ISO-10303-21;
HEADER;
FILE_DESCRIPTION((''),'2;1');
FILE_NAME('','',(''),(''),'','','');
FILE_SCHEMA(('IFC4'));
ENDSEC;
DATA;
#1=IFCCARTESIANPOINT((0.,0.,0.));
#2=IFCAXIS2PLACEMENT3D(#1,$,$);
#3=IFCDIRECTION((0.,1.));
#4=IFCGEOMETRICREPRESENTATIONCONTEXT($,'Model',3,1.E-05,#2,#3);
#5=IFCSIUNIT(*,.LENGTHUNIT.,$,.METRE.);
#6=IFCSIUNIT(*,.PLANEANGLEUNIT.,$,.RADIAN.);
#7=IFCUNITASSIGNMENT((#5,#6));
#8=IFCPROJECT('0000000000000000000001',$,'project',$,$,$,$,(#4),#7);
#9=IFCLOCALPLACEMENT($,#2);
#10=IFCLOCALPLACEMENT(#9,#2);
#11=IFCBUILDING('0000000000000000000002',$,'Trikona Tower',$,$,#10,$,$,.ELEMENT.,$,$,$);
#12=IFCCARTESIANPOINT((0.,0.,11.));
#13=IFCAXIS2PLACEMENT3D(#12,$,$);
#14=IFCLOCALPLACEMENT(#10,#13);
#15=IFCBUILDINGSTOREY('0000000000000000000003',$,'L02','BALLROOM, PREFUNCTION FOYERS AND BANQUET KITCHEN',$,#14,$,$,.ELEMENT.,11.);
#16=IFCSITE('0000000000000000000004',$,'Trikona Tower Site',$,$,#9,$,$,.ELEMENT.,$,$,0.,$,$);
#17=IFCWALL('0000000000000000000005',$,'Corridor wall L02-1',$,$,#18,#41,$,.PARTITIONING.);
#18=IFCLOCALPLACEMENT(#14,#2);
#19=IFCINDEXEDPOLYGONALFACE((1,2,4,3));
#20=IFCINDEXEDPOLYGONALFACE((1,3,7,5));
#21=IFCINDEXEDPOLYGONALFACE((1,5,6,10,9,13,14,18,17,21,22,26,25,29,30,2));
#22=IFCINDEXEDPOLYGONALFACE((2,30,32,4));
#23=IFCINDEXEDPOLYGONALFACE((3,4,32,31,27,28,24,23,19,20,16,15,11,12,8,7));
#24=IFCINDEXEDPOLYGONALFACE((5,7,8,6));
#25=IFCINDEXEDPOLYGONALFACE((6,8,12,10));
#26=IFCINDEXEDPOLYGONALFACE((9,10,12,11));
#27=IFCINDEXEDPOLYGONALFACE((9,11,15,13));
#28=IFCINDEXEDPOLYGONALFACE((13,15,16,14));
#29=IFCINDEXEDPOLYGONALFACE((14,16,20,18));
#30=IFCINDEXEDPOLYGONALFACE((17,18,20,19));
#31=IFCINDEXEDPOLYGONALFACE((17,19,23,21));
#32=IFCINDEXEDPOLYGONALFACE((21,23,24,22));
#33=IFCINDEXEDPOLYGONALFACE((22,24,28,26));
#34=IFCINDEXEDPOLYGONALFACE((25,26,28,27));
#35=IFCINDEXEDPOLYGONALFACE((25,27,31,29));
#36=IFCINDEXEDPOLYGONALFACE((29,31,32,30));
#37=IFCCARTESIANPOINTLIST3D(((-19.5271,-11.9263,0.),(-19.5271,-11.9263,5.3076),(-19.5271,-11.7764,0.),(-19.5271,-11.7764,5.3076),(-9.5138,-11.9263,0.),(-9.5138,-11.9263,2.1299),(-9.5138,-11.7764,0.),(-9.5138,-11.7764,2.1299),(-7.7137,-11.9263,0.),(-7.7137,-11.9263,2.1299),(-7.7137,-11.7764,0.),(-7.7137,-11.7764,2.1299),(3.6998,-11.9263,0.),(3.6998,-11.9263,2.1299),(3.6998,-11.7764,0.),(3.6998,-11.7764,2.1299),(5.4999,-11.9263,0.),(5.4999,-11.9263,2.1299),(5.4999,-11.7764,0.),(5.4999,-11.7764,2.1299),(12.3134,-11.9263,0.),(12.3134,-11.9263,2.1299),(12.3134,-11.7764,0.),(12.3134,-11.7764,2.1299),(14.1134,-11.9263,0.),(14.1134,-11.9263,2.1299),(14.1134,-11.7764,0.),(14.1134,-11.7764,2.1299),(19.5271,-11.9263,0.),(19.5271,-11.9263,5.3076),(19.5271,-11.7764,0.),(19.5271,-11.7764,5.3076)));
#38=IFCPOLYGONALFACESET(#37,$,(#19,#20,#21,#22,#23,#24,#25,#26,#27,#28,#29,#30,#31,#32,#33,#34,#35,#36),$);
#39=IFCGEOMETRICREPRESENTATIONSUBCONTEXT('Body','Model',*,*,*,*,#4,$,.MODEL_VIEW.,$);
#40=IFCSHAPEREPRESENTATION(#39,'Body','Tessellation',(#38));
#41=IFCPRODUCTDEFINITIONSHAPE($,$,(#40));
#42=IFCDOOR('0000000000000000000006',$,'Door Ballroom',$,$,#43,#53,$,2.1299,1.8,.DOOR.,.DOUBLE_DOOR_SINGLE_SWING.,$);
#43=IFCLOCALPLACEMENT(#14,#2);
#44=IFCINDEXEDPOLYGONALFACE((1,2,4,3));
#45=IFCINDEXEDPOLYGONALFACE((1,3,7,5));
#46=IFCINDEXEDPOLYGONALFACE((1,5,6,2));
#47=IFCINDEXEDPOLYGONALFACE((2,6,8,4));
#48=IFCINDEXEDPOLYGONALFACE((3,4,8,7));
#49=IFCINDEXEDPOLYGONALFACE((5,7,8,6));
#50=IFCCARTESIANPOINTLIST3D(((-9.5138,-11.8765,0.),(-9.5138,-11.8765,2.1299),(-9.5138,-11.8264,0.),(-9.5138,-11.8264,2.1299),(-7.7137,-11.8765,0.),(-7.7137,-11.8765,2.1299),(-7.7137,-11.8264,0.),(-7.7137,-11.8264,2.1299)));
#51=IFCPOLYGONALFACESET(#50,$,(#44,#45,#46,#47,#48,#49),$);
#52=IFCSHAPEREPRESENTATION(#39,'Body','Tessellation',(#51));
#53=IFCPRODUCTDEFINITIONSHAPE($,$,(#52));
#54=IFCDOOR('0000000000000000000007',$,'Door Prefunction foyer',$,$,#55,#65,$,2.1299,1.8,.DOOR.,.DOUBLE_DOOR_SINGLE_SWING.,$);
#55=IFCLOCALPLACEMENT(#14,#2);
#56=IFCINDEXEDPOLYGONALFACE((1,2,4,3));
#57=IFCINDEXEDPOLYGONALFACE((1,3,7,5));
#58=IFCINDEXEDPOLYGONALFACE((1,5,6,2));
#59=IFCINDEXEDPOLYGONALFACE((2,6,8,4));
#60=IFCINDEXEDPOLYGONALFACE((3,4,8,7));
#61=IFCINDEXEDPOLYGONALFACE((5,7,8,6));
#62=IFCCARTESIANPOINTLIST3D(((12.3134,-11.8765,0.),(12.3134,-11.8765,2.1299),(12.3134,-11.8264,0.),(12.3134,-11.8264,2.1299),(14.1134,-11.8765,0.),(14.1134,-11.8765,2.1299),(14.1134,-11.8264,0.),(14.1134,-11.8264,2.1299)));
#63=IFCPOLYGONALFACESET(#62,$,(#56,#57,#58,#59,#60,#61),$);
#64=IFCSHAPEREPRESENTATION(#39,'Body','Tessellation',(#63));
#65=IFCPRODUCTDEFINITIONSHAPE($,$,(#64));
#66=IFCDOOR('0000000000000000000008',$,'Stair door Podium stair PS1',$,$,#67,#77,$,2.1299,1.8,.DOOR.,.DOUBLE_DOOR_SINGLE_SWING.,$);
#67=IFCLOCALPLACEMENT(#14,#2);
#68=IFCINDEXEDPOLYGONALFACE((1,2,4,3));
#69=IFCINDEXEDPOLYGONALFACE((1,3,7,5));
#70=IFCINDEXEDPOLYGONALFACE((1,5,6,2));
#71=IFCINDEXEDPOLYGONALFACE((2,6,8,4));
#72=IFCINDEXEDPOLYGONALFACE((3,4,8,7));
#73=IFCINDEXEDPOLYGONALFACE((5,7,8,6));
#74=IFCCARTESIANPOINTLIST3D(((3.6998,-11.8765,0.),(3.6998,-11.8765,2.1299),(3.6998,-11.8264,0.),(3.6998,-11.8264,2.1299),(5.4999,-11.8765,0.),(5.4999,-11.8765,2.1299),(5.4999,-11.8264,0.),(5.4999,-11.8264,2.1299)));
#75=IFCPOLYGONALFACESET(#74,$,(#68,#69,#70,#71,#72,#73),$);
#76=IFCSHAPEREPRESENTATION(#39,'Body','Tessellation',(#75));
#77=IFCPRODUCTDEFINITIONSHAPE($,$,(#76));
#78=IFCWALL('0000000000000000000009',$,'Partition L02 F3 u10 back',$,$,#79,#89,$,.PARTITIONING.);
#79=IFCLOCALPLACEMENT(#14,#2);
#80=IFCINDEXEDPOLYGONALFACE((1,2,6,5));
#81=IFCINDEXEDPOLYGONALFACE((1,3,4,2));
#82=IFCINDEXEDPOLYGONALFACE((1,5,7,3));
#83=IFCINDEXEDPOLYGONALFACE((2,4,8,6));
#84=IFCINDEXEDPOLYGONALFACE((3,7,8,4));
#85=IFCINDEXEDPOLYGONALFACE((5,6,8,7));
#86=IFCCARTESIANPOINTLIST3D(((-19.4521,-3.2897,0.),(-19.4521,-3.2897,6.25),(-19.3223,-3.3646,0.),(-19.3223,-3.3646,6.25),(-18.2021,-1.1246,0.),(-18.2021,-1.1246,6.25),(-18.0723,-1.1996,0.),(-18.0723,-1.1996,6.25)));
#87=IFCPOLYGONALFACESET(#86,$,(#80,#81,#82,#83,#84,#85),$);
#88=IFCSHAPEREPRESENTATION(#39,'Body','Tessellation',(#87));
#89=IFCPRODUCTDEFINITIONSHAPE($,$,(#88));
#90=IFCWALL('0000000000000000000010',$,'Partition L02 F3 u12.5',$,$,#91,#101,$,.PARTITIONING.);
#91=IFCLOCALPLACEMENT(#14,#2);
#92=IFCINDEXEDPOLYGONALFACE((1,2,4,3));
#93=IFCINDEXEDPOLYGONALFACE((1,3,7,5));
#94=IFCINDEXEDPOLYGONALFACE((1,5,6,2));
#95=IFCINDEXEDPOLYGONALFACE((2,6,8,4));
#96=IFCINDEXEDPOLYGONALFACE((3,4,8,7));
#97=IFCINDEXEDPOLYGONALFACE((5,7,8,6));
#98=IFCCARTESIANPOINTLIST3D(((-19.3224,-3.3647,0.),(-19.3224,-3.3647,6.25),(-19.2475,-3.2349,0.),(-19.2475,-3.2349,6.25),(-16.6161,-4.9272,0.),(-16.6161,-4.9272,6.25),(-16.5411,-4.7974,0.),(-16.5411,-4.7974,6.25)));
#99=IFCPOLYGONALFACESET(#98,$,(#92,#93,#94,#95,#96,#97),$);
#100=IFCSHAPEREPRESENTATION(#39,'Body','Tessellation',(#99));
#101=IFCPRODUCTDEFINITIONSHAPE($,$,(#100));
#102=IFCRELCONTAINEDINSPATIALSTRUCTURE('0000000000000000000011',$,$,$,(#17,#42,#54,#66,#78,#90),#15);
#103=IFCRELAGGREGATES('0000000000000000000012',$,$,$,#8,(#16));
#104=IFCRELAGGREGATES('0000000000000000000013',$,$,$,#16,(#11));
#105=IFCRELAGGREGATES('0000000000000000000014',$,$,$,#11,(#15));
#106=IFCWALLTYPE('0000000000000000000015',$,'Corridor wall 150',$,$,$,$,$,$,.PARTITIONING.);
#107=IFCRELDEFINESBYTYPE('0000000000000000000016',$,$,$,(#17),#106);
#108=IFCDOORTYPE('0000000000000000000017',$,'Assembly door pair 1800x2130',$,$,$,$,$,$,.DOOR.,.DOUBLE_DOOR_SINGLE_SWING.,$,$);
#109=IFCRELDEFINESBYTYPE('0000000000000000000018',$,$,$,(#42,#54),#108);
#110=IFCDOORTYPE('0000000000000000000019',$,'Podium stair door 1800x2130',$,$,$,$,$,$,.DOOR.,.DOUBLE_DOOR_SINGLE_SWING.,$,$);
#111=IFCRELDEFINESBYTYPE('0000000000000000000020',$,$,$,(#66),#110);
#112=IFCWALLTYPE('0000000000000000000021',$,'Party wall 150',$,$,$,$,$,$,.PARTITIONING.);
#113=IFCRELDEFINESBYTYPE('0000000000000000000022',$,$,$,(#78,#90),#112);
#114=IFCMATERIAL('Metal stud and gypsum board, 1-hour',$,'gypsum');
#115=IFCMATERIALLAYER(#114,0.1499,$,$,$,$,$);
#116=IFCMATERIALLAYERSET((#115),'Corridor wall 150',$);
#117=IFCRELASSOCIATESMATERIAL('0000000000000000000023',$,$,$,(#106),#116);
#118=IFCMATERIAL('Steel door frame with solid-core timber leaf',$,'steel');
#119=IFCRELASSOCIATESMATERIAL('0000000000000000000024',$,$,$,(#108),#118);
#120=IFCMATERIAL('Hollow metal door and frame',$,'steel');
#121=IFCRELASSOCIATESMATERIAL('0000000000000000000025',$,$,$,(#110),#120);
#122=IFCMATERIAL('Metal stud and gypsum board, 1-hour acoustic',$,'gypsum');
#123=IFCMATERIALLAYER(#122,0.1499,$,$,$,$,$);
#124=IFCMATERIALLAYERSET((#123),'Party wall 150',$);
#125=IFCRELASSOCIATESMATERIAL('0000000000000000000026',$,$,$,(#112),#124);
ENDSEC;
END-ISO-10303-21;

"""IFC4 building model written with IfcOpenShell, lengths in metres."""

from ifc_helpers import new_model, si_unit, direction, frame, frame_2d, origin, place, context, subcontext, project, spatial, rectangle, extrude, material, layer, layer_set, type_object, element, fill, save


model = new_model("IFC4")

# Units and contexts
model_context = context("Model", 3, precision=1e-05, world=origin(), true_north=direction((0.0, 1.0)))
body_context = subcontext(model_context, "Body", "Model", "MODEL_VIEW")
ifc_project = project(units=[si_unit("LENGTHUNIT", "METRE"), si_unit("PLANEANGLEUNIT", "RADIAN")], contexts=[model_context])

# Site, building, storey
site_placement = place(None, origin())
site = spatial("IfcSite", under=ifc_project, at=site_placement, Name="Trikona Tower Site", CompositionType="ELEMENT", RefElevation=0.0)
building_placement = place(site_placement, origin())
building = spatial("IfcBuilding", under=site, at=building_placement, Name="Trikona Tower", CompositionType="ELEMENT")
storey_placement = place(building_placement, frame((0.0, 0.0, 11.0)))
storey = spatial("IfcBuildingStorey", under=building, at=storey_placement, Name="L02", Description="BALLROOM, PREFUNCTION FOYERS AND BANQUET KITCHEN", CompositionType="ELEMENT", Elevation=11.0)

# Wall, openings, doors
ifc_material_1 = material(Name="Metal stud and gypsum board, 1-hour", Category="gypsum")
ifc_layer_1 = layer(ifc_material_1, 0.1499)
ifc_layer_set_1 = layer_set([ifc_layer_1], Name="Corridor wall 150")
wall_type_1 = type_object("IfcWallType", Name="Corridor wall 150", PredefinedType="PARTITIONING", material=ifc_layer_set_1)
wall_1_placement = place(storey_placement, frame((-19.5271, -11.8513, 0.0), z_axis=(0.0, 0.0, 1.0), x_axis=(1.0, 0.0, 0.0)))
wall_1 = element("IfcWall", 1, at=wall_1_placement, inside=storey, type_object=wall_type_1, Name="Corridor wall L02-1", PredefinedType="PARTITIONING", context=body_context, shape_type="SweptSolid", body=[
    extrude(rectangle(XDim=39.0542, YDim=0.1499, at=frame_2d((19.5271, 0.0))), origin(), (0.0, 0.0, 1.0), 5.3076),
])
opening_1_placement = place(wall_1_placement, frame((10.0134, 0.0, 0.0)))
opening_1 = element("IfcOpeningElement", 2, at=opening_1_placement, cuts=wall_1, PredefinedType="OPENING", context=body_context, shape_type="SweptSolid", body=[
    extrude(rectangle(XDim=1.8, YDim=2.1299, at=frame_2d((0.8999, 1.0649))), frame((0.0, 0.085, 0.0), z_axis=(0.0, -1.0, 0.0), x_axis=(1.0, 0.0, 0.0)), (0.0, 0.0, 1.0), 0.1699),
])
opening_2_placement = place(wall_1_placement, frame((23.2271, 0.0, 0.0)))
opening_2 = element("IfcOpeningElement", 3, at=opening_2_placement, cuts=wall_1, PredefinedType="OPENING", context=body_context, shape_type="SweptSolid", body=[
    extrude(rectangle(XDim=1.8, YDim=2.1299, at=frame_2d((0.8999, 1.0649))), frame((0.0, 0.085, 0.0), z_axis=(0.0, -1.0, 0.0), x_axis=(1.0, 0.0, 0.0)), (0.0, 0.0, 1.0), 0.1699),
])
opening_3_placement = place(wall_1_placement, frame((31.8406, 0.0, 0.0)))
opening_3 = element("IfcOpeningElement", 4, at=opening_3_placement, cuts=wall_1, PredefinedType="OPENING", context=body_context, shape_type="SweptSolid", body=[
    extrude(rectangle(XDim=1.8, YDim=2.1299, at=frame_2d((0.8999, 1.0649))), frame((0.0, 0.085, 0.0), z_axis=(0.0, -1.0, 0.0), x_axis=(1.0, 0.0, 0.0)), (0.0, 0.0, 1.0), 0.1699),
])
ifc_material_2 = material(Name="Steel door frame with solid-core timber leaf", Category="steel")
door_type_1 = type_object("IfcDoorType", Name="Assembly door pair 1800x2130", OperationType="DOUBLE_DOOR_SINGLE_SWING", PredefinedType="DOOR", material=ifc_material_2)
door_1_placement = place(opening_1_placement, origin())
door_1 = element("IfcDoor", 5, at=door_1_placement, inside=storey, type_object=door_type_1, Name="Door Ballroom", OperationType="DOUBLE_DOOR_SINGLE_SWING", OverallHeight=2.1299, OverallWidth=1.8, PredefinedType="DOOR", context=body_context, shape_type="SweptSolid", body=[
    extrude(rectangle(XDim=1.8, YDim=2.1299, at=frame_2d((0.8999, 1.0649))), frame((0.0, 0.0249, 0.0), z_axis=(0.0, -1.0, 0.0), x_axis=(1.0, 0.0, 0.0)), (0.0, 0.0, 1.0), 0.05),
])
fill(opening_1, door_1)
door_2_placement = place(opening_3_placement, origin())
door_2 = element("IfcDoor", 6, at=door_2_placement, inside=storey, type_object=door_type_1, Name="Door Prefunction foyer", OperationType="DOUBLE_DOOR_SINGLE_SWING", OverallHeight=2.1299, OverallWidth=1.8, PredefinedType="DOOR", context=body_context, shape_type="SweptSolid", body=[
    extrude(rectangle(XDim=1.8, YDim=2.1299, at=frame_2d((0.8999, 1.0649))), frame((0.0, 0.0249, 0.0), z_axis=(0.0, -1.0, 0.0), x_axis=(1.0, 0.0, 0.0)), (0.0, 0.0, 1.0), 0.05),
])
fill(opening_3, door_2)
ifc_material_3 = material(Name="Hollow metal door and frame", Category="steel")
door_type_2 = type_object("IfcDoorType", Name="Podium stair door 1800x2130", OperationType="DOUBLE_DOOR_SINGLE_SWING", PredefinedType="DOOR", material=ifc_material_3)
door_3_placement = place(opening_2_placement, origin())
door_3 = element("IfcDoor", 7, at=door_3_placement, inside=storey, type_object=door_type_2, Name="Stair door Podium stair PS1", OperationType="DOUBLE_DOOR_SINGLE_SWING", OverallHeight=2.1299, OverallWidth=1.8, PredefinedType="DOOR", context=body_context, shape_type="SweptSolid", body=[
    extrude(rectangle(XDim=1.8, YDim=2.1299, at=frame_2d((0.8999, 1.0649))), frame((0.0, 0.0249, 0.0), z_axis=(0.0, -1.0, 0.0), x_axis=(1.0, 0.0, 0.0)), (0.0, 0.0, 1.0), 0.05),
])
fill(opening_2, door_3)

# Walls
ifc_material_4 = material(Name="Metal stud and gypsum board, 1-hour acoustic", Category="gypsum")
ifc_layer_2 = layer(ifc_material_4, 0.1499)
ifc_layer_set_2 = layer_set([ifc_layer_2], Name="Party wall 150")
wall_type_2 = type_object("IfcWallType", Name="Party wall 150", PredefinedType="PARTITIONING", material=ifc_layer_set_2)
wall_2_placement = place(storey_placement, frame((-18.1372, -1.1621, 0.0), z_axis=(0.0, 0.0, 1.0), x_axis=(-0.500004, -0.866023, 0.0)))
element("IfcWall", 8, at=wall_2_placement, inside=storey, type_object=wall_type_2, Name="Partition L02 F3 u10 back", PredefinedType="PARTITIONING", context=body_context, shape_type="SweptSolid", body=[
    extrude(rectangle(XDim=2.5, YDim=0.1499, at=frame_2d((1.25, 0.0))), origin(), (0.0, 0.0, 1.0), 6.25),
])
wall_3_placement = place(storey_placement, frame((-16.5786, -4.8623, 0.0), z_axis=(0.0, 0.0, 1.0), x_axis=(-0.866023, 0.500004, 0.0)))
element("IfcWall", 9, at=wall_3_placement, inside=storey, type_object=wall_type_2, Name="Partition L02 F3 u12.5", PredefinedType="PARTITIONING", context=body_context, shape_type="SweptSolid", body=[
    extrude(rectangle(XDim=3.125, YDim=0.1499, at=frame_2d((1.5625, 0.0))), origin(), (0.0, 0.0, 1.0), 6.25),
])

save(model, "model.ifc")
